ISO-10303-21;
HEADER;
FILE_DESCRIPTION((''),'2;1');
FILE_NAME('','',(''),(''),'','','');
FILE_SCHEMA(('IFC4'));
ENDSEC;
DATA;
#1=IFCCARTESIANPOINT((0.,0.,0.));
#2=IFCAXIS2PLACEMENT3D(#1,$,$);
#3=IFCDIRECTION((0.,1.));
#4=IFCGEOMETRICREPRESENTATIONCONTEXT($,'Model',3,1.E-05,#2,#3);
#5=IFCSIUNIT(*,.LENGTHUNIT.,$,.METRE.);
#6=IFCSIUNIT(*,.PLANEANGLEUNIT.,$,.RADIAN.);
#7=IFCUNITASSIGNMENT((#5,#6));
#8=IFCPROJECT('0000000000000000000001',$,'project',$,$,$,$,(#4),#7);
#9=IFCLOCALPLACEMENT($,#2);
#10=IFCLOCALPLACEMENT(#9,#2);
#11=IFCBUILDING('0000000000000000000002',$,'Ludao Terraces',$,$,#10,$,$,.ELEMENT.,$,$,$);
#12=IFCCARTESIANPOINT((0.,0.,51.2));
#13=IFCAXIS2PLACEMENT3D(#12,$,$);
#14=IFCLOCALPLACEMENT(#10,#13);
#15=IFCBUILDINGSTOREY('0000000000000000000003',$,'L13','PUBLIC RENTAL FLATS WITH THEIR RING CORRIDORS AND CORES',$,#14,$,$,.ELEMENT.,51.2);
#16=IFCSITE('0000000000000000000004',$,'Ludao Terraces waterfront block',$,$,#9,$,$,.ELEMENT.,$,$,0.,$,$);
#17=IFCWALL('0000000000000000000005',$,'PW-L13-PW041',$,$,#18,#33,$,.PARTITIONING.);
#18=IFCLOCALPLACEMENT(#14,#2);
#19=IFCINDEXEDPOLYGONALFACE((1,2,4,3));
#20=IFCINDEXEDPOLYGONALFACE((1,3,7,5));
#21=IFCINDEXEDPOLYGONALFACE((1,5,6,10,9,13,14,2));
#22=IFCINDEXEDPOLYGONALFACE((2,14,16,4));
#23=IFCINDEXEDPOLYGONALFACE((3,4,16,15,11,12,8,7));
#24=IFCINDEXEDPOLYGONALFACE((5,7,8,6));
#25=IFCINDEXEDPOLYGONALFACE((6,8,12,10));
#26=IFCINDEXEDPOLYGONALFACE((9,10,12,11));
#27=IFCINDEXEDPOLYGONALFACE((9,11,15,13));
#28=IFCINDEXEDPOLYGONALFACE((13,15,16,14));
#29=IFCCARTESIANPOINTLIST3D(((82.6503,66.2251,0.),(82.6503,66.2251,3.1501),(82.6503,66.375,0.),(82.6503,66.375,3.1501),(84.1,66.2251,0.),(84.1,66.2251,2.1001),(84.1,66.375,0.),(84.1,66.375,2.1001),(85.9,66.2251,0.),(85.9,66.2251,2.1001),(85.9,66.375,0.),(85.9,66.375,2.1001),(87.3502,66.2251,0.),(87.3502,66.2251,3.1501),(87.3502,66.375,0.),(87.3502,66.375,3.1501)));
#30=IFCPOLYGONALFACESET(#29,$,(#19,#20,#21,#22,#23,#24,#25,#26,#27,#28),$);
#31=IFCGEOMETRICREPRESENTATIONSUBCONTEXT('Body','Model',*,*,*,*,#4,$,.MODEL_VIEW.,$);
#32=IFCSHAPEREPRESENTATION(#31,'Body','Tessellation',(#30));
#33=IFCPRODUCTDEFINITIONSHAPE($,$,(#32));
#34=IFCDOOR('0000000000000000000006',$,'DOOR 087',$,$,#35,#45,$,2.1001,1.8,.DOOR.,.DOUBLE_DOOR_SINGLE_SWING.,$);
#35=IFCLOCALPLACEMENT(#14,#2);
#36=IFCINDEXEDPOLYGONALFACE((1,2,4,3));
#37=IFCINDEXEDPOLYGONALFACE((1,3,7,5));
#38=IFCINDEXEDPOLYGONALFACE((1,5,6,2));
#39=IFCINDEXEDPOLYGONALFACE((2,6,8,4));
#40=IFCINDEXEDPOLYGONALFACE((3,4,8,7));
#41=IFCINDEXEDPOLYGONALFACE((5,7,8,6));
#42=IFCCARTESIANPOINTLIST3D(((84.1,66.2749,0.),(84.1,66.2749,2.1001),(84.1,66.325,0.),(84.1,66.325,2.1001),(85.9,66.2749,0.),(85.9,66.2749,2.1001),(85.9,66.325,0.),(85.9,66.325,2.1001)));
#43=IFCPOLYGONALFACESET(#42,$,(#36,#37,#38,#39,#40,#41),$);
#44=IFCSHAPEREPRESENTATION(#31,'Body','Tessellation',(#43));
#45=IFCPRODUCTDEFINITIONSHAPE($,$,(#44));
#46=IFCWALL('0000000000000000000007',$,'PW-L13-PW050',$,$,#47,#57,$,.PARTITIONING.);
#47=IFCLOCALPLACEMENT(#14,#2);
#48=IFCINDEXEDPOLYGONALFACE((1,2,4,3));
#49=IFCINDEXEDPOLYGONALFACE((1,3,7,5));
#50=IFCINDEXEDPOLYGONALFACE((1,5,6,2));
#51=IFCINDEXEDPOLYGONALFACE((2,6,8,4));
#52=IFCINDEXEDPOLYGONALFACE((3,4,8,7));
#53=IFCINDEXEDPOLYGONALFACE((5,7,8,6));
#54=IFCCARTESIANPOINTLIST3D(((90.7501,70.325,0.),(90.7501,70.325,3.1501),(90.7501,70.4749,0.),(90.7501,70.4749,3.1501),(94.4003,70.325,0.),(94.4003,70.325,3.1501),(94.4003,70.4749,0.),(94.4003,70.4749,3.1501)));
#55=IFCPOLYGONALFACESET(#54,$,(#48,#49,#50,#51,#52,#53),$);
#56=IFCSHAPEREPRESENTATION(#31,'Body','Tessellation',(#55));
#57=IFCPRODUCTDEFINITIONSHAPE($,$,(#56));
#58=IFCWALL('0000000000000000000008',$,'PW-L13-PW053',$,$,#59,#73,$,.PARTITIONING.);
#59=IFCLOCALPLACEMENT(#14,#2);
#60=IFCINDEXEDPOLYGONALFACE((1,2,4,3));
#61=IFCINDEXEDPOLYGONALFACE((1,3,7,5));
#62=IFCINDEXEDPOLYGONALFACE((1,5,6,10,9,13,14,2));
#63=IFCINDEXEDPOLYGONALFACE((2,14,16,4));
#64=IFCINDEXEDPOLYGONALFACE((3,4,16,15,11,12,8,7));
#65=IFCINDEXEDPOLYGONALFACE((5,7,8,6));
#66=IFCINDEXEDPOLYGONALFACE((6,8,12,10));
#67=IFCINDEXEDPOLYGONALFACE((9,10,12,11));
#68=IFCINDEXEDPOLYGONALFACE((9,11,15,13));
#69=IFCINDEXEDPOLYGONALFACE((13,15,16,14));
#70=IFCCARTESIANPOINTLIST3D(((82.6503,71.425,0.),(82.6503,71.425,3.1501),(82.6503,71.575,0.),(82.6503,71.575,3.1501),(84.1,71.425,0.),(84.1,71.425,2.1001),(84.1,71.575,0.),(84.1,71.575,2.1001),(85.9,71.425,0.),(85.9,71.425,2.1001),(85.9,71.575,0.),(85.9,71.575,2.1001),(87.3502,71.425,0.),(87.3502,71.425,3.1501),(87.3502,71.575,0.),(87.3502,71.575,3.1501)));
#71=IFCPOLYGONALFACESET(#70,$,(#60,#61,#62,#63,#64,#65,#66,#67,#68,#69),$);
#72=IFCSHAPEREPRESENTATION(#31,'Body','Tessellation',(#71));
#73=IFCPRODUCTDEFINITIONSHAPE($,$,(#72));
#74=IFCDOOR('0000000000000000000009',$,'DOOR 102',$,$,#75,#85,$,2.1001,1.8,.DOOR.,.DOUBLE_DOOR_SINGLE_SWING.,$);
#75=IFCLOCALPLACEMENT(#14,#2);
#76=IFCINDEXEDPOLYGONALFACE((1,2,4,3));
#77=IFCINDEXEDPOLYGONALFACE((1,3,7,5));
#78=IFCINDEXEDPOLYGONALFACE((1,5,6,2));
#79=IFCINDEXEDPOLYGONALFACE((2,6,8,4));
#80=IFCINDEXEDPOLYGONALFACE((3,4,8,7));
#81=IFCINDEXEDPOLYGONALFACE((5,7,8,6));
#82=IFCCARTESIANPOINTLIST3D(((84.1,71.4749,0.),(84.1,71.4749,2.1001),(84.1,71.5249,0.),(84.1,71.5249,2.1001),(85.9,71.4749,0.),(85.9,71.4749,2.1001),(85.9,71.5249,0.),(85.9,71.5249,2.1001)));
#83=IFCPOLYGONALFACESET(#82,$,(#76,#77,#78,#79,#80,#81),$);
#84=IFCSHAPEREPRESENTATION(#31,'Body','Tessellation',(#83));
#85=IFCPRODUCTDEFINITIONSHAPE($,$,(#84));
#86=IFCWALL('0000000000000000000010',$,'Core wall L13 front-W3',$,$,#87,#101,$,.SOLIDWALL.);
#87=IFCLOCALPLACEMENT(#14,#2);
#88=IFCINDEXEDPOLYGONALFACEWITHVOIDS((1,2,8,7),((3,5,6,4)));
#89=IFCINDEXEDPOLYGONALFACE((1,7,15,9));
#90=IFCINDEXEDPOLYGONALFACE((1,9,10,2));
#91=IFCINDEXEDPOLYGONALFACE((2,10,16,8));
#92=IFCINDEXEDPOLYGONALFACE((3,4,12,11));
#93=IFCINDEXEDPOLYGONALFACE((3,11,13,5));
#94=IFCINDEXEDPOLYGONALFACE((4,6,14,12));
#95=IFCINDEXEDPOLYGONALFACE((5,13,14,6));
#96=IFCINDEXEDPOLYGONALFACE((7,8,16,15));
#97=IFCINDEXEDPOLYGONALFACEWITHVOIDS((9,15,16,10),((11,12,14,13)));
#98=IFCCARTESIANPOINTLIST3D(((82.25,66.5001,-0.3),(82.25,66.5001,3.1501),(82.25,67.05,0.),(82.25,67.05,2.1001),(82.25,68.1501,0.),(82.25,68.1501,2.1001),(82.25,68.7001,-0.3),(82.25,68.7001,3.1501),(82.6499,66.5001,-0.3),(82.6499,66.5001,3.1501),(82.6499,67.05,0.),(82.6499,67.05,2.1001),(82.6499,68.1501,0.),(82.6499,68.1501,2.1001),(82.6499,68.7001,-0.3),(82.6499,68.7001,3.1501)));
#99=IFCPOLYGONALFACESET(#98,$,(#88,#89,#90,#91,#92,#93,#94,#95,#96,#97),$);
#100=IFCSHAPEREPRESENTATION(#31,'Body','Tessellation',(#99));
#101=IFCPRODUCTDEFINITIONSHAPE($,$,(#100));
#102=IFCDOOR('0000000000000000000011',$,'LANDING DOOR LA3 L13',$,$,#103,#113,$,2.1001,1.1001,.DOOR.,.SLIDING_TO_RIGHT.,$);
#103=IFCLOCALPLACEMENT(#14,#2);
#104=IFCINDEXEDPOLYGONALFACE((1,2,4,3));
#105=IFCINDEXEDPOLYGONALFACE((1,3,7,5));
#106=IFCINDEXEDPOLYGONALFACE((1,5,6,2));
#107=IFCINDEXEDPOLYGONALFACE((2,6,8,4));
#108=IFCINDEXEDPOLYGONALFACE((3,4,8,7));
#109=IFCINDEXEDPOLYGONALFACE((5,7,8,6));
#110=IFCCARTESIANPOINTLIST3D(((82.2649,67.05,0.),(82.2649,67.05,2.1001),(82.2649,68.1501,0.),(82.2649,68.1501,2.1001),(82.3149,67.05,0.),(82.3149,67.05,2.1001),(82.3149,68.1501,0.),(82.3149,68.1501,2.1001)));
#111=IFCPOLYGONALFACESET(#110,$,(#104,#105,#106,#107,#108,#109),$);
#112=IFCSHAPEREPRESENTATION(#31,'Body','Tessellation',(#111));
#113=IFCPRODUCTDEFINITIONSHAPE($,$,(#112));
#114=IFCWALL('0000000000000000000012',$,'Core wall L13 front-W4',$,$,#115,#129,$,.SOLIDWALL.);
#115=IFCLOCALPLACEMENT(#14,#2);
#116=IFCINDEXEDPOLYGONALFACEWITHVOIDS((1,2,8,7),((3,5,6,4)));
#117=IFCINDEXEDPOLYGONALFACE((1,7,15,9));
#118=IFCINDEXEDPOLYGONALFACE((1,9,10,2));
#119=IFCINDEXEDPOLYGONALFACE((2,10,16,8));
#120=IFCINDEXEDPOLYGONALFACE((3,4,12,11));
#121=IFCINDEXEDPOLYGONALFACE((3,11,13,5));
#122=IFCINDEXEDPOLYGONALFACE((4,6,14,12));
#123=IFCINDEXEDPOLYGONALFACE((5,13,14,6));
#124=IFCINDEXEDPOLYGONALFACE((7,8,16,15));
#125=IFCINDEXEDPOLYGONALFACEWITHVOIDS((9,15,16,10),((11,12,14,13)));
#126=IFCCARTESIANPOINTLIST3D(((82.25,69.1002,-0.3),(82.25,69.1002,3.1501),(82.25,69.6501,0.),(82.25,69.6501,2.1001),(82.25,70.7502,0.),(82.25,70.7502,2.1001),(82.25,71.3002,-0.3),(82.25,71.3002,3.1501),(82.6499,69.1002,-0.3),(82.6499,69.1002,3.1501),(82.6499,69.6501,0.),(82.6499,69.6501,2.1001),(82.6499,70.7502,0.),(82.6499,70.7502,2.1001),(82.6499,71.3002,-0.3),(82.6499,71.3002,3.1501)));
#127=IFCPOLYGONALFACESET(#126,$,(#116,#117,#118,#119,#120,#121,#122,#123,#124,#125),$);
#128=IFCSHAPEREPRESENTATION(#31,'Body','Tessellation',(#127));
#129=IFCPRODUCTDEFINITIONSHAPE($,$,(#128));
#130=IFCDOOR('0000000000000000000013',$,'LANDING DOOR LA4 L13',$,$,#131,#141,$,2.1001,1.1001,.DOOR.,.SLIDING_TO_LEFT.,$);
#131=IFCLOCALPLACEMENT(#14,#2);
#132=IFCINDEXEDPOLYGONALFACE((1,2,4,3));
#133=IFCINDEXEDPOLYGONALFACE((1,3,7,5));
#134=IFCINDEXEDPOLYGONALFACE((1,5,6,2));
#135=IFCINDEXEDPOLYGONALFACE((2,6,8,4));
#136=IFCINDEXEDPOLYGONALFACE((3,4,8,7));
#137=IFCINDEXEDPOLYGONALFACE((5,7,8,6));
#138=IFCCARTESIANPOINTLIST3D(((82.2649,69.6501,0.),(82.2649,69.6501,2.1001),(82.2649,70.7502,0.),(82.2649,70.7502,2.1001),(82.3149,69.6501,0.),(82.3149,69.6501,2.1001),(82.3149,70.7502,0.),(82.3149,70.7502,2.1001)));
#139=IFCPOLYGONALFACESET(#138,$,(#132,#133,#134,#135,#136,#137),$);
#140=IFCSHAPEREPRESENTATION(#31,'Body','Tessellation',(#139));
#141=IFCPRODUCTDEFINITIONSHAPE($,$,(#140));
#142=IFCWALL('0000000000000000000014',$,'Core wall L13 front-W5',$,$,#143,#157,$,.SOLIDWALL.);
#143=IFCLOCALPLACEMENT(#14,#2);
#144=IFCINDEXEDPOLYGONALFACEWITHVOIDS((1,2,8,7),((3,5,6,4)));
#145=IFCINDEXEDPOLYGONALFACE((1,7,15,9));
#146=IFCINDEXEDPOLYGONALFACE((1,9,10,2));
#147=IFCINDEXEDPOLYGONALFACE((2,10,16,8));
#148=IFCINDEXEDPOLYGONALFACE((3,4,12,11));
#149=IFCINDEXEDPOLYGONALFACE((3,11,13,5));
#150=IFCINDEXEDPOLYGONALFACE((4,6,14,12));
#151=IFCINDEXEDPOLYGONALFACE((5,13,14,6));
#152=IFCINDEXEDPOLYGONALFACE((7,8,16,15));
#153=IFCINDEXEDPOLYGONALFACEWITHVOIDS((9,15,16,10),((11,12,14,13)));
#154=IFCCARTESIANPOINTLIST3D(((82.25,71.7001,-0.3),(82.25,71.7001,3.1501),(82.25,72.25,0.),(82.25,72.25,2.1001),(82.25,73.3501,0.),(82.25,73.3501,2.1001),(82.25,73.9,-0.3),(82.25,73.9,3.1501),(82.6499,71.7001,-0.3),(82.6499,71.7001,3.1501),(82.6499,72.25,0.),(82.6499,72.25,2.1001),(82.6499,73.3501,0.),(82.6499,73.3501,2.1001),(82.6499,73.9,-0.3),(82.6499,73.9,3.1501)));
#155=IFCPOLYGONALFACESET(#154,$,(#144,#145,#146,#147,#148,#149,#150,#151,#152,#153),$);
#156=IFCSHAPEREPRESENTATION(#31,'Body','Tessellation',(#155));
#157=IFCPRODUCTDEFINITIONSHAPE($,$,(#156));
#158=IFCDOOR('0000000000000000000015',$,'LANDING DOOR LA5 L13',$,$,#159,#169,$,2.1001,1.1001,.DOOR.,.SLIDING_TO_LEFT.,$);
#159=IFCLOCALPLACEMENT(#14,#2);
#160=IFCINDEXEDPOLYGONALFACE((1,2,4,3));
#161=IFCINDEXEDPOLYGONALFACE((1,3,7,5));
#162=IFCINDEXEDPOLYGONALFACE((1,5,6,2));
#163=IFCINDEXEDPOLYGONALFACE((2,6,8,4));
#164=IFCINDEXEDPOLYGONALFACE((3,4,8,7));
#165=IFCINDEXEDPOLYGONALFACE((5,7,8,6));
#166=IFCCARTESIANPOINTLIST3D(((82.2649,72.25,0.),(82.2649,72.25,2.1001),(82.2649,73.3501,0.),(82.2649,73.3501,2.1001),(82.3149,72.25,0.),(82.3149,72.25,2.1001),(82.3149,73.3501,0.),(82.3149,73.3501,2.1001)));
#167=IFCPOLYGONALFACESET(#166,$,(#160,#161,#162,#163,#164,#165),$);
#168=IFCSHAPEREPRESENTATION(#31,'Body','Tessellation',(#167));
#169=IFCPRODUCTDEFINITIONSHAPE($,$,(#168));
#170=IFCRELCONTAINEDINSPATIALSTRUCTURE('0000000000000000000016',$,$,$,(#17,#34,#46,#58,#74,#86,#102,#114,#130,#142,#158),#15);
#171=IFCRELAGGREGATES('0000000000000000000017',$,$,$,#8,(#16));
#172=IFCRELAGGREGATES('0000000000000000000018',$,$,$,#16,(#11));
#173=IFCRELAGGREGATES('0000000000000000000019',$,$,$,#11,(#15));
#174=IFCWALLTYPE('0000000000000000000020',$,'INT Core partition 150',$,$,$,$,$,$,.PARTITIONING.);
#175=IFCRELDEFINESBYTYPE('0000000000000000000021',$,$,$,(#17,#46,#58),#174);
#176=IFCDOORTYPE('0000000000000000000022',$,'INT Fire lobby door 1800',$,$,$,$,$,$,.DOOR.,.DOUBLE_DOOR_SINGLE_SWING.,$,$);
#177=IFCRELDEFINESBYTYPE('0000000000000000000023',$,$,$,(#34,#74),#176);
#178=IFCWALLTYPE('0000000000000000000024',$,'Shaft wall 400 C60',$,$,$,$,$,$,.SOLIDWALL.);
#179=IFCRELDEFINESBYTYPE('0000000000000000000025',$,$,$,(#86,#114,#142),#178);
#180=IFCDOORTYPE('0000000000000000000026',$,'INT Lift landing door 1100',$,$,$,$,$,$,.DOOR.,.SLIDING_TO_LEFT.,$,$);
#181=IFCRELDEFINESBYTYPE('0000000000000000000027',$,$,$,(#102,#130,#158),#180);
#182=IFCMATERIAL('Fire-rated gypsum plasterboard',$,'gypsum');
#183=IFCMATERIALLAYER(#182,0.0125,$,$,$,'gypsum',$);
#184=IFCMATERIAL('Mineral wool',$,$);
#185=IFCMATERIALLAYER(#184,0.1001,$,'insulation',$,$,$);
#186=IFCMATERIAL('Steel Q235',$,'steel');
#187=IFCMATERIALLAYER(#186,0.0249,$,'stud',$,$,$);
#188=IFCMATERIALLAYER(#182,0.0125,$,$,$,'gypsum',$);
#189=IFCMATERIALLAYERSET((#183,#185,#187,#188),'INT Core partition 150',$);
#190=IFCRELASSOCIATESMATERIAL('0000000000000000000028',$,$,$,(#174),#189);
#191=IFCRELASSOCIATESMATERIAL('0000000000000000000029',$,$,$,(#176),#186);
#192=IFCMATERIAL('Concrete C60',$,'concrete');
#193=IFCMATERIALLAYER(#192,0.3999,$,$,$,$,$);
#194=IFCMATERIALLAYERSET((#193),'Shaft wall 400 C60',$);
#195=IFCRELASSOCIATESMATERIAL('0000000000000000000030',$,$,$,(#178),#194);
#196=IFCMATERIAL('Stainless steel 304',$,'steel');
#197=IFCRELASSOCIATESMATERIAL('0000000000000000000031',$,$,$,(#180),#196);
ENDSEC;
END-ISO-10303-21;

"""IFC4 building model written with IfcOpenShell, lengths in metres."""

from ifc_helpers import new_model, si_unit, direction, frame, frame_2d, origin, place, context, subcontext, project, spatial, rectangle, extrude, material, layer, layer_set, type_object, element, fill, save


model = new_model("IFC4")

# Units and contexts
model_context = context("Model", 3, precision=1e-05, world=origin(), true_north=direction((0.0, 1.0)))
body_context = subcontext(model_context, "Body", "Model", "MODEL_VIEW")
ifc_project = project(units=[si_unit("LENGTHUNIT", "METRE"), si_unit("PLANEANGLEUNIT", "RADIAN")], contexts=[model_context])

# Site, building, storey
site_placement = place(None, origin())
site = spatial("IfcSite", under=ifc_project, at=site_placement, Name="Ludao Terraces waterfront block", CompositionType="ELEMENT", RefElevation=0.0)
building_placement = place(site_placement, origin())
building = spatial("IfcBuilding", under=site, at=building_placement, Name="Ludao Terraces", CompositionType="ELEMENT")
storey_placement = place(building_placement, frame((0.0, 0.0, 51.2)))
storey = spatial("IfcBuildingStorey", under=building, at=storey_placement, Name="L13", Description="PUBLIC RENTAL FLATS WITH THEIR RING CORRIDORS AND CORES", CompositionType="ELEMENT", Elevation=51.2)

# Wall, opening, door
ifc_material_1 = material(Name="Fire-rated gypsum plasterboard", Category="gypsum")
ifc_layer_1 = layer(ifc_material_1, 0.0125, Category="gypsum")
ifc_material_2 = material(Name="Mineral wool")
ifc_layer_2 = layer(ifc_material_2, 0.1001, Name="insulation")
ifc_material_3 = material(Name="Steel Q235", Category="steel")
ifc_layer_3 = layer(ifc_material_3, 0.0249, Name="stud")
ifc_layer_4 = layer(ifc_material_1, 0.0125, Category="gypsum")
ifc_layer_set_1 = layer_set([ifc_layer_1, ifc_layer_2, ifc_layer_3, ifc_layer_4], Name="INT Core partition 150")
wall_type_1 = type_object("IfcWallType", Name="INT Core partition 150", PredefinedType="PARTITIONING", material=ifc_layer_set_1)
wall_1_placement = place(storey_placement, frame((82.6501, 66.3, 0.0), z_axis=(0.0, 0.0, 1.0), x_axis=(1.0, 0.0, 0.0)))
wall_1 = element("IfcWall", 1, at=wall_1_placement, inside=storey, type_object=wall_type_1, Name="PW-L13-PW041", PredefinedType="PARTITIONING", context=body_context, shape_type="SweptSolid", body=[
    extrude(rectangle(XDim=4.7, YDim=0.1499, at=frame_2d((2.3501, 0.0))), origin(), (0.0, 0.0, 1.0), 3.1501),
])
opening_1_placement = place(wall_1_placement, frame((1.45, 0.0, 0.0)))
opening_1 = element("IfcOpeningElement", 2, at=opening_1_placement, cuts=wall_1, PredefinedType="OPENING", context=body_context, shape_type="SweptSolid", body=[
    extrude(rectangle(XDim=1.8, YDim=2.1001, at=frame_2d((0.8999, 1.05))), frame((0.0, 0.085, 0.0), z_axis=(0.0, -1.0, 0.0), x_axis=(1.0, 0.0, 0.0)), (0.0, 0.0, 1.0), 0.1699),
])
door_type_1 = type_object("IfcDoorType", Name="INT Fire lobby door 1800", OperationType="DOUBLE_DOOR_SINGLE_SWING", PredefinedType="DOOR", material=ifc_material_3)
door_1_placement = place(opening_1_placement, origin())
door_1 = element("IfcDoor", 3, at=door_1_placement, inside=storey, type_object=door_type_1, Name="DOOR 087", OperationType="DOUBLE_DOOR_SINGLE_SWING", OverallHeight=2.1001, OverallWidth=1.8, PredefinedType="DOOR", context=body_context, shape_type="SweptSolid", body=[
    extrude(rectangle(XDim=1.8, YDim=2.1001, at=frame_2d((0.8999, 1.05))), frame((0.0, 0.0249, 0.0), z_axis=(0.0, -1.0, 0.0), x_axis=(1.0, 0.0, 0.0)), (0.0, 0.0, 1.0), 0.05),
])
fill(opening_1, door_1)

# Wall
wall_2_placement = place(storey_placement, frame((90.75, 70.3999, 0.0), z_axis=(0.0, 0.0, 1.0), x_axis=(1.0, 0.0, 0.0)))
element("IfcWall", 4, at=wall_2_placement, inside=storey, type_object=wall_type_1, Name="PW-L13-PW050", PredefinedType="PARTITIONING", context=body_context, shape_type="SweptSolid", body=[
    extrude(rectangle(XDim=3.6501, YDim=0.1499, at=frame_2d((1.8252, 0.0))), origin(), (0.0, 0.0, 1.0), 3.1501),
])

# Walls, openings, doors
wall_3_placement = place(storey_placement, frame((82.6501, 71.5, 0.0), z_axis=(0.0, 0.0, 1.0), x_axis=(1.0, 0.0, 0.0)))
wall_3 = element("IfcWall", 5, at=wall_3_placement, inside=storey, type_object=wall_type_1, Name="PW-L13-PW053", PredefinedType="PARTITIONING", context=body_context, shape_type="SweptSolid", body=[
    extrude(rectangle(XDim=4.7, YDim=0.1499, at=frame_2d((2.3501, 0.0))), origin(), (0.0, 0.0, 1.0), 3.1501),
])
opening_2_placement = place(wall_3_placement, frame((1.45, 0.0, 0.0)))
opening_2 = element("IfcOpeningElement", 6, at=opening_2_placement, cuts=wall_3, PredefinedType="OPENING", context=body_context, shape_type="SweptSolid", body=[
    extrude(rectangle(XDim=1.8, YDim=2.1001, at=frame_2d((0.8999, 1.05))), frame((0.0, 0.085, 0.0), z_axis=(0.0, -1.0, 0.0), x_axis=(1.0, 0.0, 0.0)), (0.0, 0.0, 1.0), 0.1699),
])
door_2_placement = place(opening_2_placement, origin())
door_2 = element("IfcDoor", 7, at=door_2_placement, inside=storey, type_object=door_type_1, Name="DOOR 102", OperationType="DOUBLE_DOOR_SINGLE_SWING", OverallHeight=2.1001, OverallWidth=1.8, PredefinedType="DOOR", context=body_context, shape_type="SweptSolid", body=[
    extrude(rectangle(XDim=1.8, YDim=2.1001, at=frame_2d((0.8999, 1.05))), frame((0.0, 0.0249, 0.0), z_axis=(0.0, -1.0, 0.0), x_axis=(1.0, 0.0, 0.0)), (0.0, 0.0, 1.0), 0.05),
])
fill(opening_2, door_2)
ifc_material_4 = material(Name="Concrete C60", Category="concrete")
ifc_layer_5 = layer(ifc_material_4, 0.3999)
ifc_layer_set_2 = layer_set([ifc_layer_5], Name="Shaft wall 400 C60")
wall_type_2 = type_object("IfcWallType", Name="Shaft wall 400 C60", PredefinedType="SOLIDWALL", material=ifc_layer_set_2)
wall_4_placement = place(storey_placement, frame((82.45, 66.5, -0.3), z_axis=(0.0, 0.0, 1.0), x_axis=(0.0, 1.0, 0.0)))
wall_4 = element("IfcWall", 8, at=wall_4_placement, inside=storey, type_object=wall_type_2, Name="Core wall L13 front-W3", PredefinedType="SOLIDWALL", context=body_context, shape_type="SweptSolid", body=[
    extrude(rectangle(XDim=2.2, YDim=0.3999, at=frame_2d((1.1001, 0.0))), origin(), (0.0, 0.0, 1.0), 3.4502),
])
opening_3_placement = place(wall_4_placement, frame((0.55, 0.0, 0.3)))
opening_3 = element("IfcOpeningElement", 9, at=opening_3_placement, cuts=wall_4, PredefinedType="OPENING", context=body_context, shape_type="SweptSolid", body=[
    extrude(rectangle(XDim=1.1001, YDim=2.1001, at=frame_2d((0.55, 1.05))), frame((0.0, 0.21, 0.0), z_axis=(0.0, -1.0, 0.0), x_axis=(1.0, 0.0, 0.0)), (0.0, 0.0, 1.0), 0.4199),
])
ifc_material_5 = material(Name="Stainless steel 304", Category="steel")
door_type_2 = type_object("IfcDoorType", Name="INT Lift landing door 1100", OperationType="SLIDING_TO_LEFT", PredefinedType="DOOR", material=ifc_material_5)
door_3_placement = place(opening_3_placement, origin())
door_3 = element("IfcDoor", 10, at=door_3_placement, inside=storey, type_object=door_type_2, Name="LANDING DOOR LA3 L13", OperationType="SLIDING_TO_RIGHT", OverallHeight=2.1001, OverallWidth=1.1001, PredefinedType="DOOR", context=body_context, shape_type="SweptSolid", body=[
    extrude(rectangle(XDim=1.1001, YDim=2.1001, at=frame_2d((0.55, 1.05))), frame((0.0, 0.1851, 0.0), z_axis=(0.0, -1.0, 0.0), x_axis=(1.0, 0.0, 0.0)), (0.0, 0.0, 1.0), 0.05),
])
fill(opening_3, door_3)
wall_5_placement = place(storey_placement, frame((82.45, 69.1001, -0.3), z_axis=(0.0, 0.0, 1.0), x_axis=(0.0, 1.0, 0.0)))
wall_5 = element("IfcWall", 11, at=wall_5_placement, inside=storey, type_object=wall_type_2, Name="Core wall L13 front-W4", PredefinedType="SOLIDWALL", context=body_context, shape_type="SweptSolid", body=[
    extrude(rectangle(XDim=2.2, YDim=0.3999, at=frame_2d((1.1001, 0.0))), origin(), (0.0, 0.0, 1.0), 3.4502),
])
opening_4_placement = place(wall_5_placement, frame((0.55, 0.0, 0.3)))
opening_4 = element("IfcOpeningElement", 12, at=opening_4_placement, cuts=wall_5, PredefinedType="OPENING", context=body_context, shape_type="SweptSolid", body=[
    extrude(rectangle(XDim=1.1001, YDim=2.1001, at=frame_2d((0.55, 1.05))), frame((0.0, 0.21, 0.0), z_axis=(0.0, -1.0, 0.0), x_axis=(1.0, 0.0, 0.0)), (0.0, 0.0, 1.0), 0.4199),
])
door_4_placement = place(opening_4_placement, origin())
door_4 = element("IfcDoor", 13, at=door_4_placement, inside=storey, type_object=door_type_2, Name="LANDING DOOR LA4 L13", OperationType="SLIDING_TO_LEFT", OverallHeight=2.1001, OverallWidth=1.1001, PredefinedType="DOOR", context=body_context, shape_type="SweptSolid", body=[
    extrude(rectangle(XDim=1.1001, YDim=2.1001, at=frame_2d((0.55, 1.05))), frame((0.0, 0.1851, 0.0), z_axis=(0.0, -1.0, 0.0), x_axis=(1.0, 0.0, 0.0)), (0.0, 0.0, 1.0), 0.05),
])
fill(opening_4, door_4)
wall_6_placement = place(storey_placement, frame((82.45, 71.7, -0.3), z_axis=(0.0, 0.0, 1.0), x_axis=(0.0, 1.0, 0.0)))
wall_6 = element("IfcWall", 14, at=wall_6_placement, inside=storey, type_object=wall_type_2, Name="Core wall L13 front-W5", PredefinedType="SOLIDWALL", context=body_context, shape_type="SweptSolid", body=[
    extrude(rectangle(XDim=2.2, YDim=0.3999, at=frame_2d((1.1001, 0.0))), origin(), (0.0, 0.0, 1.0), 3.4502),
])
opening_5_placement = place(wall_6_placement, frame((0.55, 0.0, 0.3)))
opening_5 = element("IfcOpeningElement", 15, at=opening_5_placement, cuts=wall_6, PredefinedType="OPENING", context=body_context, shape_type="SweptSolid", body=[
    extrude(rectangle(XDim=1.1001, YDim=2.1001, at=frame_2d((0.55, 1.05))), frame((0.0, 0.21, 0.0), z_axis=(0.0, -1.0, 0.0), x_axis=(1.0, 0.0, 0.0)), (0.0, 0.0, 1.0), 0.4199),
])
door_5_placement = place(opening_5_placement, origin())
door_5 = element("IfcDoor", 16, at=door_5_placement, inside=storey, type_object=door_type_2, Name="LANDING DOOR LA5 L13", OperationType="SLIDING_TO_LEFT", OverallHeight=2.1001, OverallWidth=1.1001, PredefinedType="DOOR", context=body_context, shape_type="SweptSolid", body=[
    extrude(rectangle(XDim=1.1001, YDim=2.1001, at=frame_2d((0.55, 1.05))), frame((0.0, 0.1851, 0.0), z_axis=(0.0, -1.0, 0.0), x_axis=(1.0, 0.0, 0.0)), (0.0, 0.0, 1.0), 0.05),
])
fill(opening_5, door_5)

save(model, "model.ifc")
